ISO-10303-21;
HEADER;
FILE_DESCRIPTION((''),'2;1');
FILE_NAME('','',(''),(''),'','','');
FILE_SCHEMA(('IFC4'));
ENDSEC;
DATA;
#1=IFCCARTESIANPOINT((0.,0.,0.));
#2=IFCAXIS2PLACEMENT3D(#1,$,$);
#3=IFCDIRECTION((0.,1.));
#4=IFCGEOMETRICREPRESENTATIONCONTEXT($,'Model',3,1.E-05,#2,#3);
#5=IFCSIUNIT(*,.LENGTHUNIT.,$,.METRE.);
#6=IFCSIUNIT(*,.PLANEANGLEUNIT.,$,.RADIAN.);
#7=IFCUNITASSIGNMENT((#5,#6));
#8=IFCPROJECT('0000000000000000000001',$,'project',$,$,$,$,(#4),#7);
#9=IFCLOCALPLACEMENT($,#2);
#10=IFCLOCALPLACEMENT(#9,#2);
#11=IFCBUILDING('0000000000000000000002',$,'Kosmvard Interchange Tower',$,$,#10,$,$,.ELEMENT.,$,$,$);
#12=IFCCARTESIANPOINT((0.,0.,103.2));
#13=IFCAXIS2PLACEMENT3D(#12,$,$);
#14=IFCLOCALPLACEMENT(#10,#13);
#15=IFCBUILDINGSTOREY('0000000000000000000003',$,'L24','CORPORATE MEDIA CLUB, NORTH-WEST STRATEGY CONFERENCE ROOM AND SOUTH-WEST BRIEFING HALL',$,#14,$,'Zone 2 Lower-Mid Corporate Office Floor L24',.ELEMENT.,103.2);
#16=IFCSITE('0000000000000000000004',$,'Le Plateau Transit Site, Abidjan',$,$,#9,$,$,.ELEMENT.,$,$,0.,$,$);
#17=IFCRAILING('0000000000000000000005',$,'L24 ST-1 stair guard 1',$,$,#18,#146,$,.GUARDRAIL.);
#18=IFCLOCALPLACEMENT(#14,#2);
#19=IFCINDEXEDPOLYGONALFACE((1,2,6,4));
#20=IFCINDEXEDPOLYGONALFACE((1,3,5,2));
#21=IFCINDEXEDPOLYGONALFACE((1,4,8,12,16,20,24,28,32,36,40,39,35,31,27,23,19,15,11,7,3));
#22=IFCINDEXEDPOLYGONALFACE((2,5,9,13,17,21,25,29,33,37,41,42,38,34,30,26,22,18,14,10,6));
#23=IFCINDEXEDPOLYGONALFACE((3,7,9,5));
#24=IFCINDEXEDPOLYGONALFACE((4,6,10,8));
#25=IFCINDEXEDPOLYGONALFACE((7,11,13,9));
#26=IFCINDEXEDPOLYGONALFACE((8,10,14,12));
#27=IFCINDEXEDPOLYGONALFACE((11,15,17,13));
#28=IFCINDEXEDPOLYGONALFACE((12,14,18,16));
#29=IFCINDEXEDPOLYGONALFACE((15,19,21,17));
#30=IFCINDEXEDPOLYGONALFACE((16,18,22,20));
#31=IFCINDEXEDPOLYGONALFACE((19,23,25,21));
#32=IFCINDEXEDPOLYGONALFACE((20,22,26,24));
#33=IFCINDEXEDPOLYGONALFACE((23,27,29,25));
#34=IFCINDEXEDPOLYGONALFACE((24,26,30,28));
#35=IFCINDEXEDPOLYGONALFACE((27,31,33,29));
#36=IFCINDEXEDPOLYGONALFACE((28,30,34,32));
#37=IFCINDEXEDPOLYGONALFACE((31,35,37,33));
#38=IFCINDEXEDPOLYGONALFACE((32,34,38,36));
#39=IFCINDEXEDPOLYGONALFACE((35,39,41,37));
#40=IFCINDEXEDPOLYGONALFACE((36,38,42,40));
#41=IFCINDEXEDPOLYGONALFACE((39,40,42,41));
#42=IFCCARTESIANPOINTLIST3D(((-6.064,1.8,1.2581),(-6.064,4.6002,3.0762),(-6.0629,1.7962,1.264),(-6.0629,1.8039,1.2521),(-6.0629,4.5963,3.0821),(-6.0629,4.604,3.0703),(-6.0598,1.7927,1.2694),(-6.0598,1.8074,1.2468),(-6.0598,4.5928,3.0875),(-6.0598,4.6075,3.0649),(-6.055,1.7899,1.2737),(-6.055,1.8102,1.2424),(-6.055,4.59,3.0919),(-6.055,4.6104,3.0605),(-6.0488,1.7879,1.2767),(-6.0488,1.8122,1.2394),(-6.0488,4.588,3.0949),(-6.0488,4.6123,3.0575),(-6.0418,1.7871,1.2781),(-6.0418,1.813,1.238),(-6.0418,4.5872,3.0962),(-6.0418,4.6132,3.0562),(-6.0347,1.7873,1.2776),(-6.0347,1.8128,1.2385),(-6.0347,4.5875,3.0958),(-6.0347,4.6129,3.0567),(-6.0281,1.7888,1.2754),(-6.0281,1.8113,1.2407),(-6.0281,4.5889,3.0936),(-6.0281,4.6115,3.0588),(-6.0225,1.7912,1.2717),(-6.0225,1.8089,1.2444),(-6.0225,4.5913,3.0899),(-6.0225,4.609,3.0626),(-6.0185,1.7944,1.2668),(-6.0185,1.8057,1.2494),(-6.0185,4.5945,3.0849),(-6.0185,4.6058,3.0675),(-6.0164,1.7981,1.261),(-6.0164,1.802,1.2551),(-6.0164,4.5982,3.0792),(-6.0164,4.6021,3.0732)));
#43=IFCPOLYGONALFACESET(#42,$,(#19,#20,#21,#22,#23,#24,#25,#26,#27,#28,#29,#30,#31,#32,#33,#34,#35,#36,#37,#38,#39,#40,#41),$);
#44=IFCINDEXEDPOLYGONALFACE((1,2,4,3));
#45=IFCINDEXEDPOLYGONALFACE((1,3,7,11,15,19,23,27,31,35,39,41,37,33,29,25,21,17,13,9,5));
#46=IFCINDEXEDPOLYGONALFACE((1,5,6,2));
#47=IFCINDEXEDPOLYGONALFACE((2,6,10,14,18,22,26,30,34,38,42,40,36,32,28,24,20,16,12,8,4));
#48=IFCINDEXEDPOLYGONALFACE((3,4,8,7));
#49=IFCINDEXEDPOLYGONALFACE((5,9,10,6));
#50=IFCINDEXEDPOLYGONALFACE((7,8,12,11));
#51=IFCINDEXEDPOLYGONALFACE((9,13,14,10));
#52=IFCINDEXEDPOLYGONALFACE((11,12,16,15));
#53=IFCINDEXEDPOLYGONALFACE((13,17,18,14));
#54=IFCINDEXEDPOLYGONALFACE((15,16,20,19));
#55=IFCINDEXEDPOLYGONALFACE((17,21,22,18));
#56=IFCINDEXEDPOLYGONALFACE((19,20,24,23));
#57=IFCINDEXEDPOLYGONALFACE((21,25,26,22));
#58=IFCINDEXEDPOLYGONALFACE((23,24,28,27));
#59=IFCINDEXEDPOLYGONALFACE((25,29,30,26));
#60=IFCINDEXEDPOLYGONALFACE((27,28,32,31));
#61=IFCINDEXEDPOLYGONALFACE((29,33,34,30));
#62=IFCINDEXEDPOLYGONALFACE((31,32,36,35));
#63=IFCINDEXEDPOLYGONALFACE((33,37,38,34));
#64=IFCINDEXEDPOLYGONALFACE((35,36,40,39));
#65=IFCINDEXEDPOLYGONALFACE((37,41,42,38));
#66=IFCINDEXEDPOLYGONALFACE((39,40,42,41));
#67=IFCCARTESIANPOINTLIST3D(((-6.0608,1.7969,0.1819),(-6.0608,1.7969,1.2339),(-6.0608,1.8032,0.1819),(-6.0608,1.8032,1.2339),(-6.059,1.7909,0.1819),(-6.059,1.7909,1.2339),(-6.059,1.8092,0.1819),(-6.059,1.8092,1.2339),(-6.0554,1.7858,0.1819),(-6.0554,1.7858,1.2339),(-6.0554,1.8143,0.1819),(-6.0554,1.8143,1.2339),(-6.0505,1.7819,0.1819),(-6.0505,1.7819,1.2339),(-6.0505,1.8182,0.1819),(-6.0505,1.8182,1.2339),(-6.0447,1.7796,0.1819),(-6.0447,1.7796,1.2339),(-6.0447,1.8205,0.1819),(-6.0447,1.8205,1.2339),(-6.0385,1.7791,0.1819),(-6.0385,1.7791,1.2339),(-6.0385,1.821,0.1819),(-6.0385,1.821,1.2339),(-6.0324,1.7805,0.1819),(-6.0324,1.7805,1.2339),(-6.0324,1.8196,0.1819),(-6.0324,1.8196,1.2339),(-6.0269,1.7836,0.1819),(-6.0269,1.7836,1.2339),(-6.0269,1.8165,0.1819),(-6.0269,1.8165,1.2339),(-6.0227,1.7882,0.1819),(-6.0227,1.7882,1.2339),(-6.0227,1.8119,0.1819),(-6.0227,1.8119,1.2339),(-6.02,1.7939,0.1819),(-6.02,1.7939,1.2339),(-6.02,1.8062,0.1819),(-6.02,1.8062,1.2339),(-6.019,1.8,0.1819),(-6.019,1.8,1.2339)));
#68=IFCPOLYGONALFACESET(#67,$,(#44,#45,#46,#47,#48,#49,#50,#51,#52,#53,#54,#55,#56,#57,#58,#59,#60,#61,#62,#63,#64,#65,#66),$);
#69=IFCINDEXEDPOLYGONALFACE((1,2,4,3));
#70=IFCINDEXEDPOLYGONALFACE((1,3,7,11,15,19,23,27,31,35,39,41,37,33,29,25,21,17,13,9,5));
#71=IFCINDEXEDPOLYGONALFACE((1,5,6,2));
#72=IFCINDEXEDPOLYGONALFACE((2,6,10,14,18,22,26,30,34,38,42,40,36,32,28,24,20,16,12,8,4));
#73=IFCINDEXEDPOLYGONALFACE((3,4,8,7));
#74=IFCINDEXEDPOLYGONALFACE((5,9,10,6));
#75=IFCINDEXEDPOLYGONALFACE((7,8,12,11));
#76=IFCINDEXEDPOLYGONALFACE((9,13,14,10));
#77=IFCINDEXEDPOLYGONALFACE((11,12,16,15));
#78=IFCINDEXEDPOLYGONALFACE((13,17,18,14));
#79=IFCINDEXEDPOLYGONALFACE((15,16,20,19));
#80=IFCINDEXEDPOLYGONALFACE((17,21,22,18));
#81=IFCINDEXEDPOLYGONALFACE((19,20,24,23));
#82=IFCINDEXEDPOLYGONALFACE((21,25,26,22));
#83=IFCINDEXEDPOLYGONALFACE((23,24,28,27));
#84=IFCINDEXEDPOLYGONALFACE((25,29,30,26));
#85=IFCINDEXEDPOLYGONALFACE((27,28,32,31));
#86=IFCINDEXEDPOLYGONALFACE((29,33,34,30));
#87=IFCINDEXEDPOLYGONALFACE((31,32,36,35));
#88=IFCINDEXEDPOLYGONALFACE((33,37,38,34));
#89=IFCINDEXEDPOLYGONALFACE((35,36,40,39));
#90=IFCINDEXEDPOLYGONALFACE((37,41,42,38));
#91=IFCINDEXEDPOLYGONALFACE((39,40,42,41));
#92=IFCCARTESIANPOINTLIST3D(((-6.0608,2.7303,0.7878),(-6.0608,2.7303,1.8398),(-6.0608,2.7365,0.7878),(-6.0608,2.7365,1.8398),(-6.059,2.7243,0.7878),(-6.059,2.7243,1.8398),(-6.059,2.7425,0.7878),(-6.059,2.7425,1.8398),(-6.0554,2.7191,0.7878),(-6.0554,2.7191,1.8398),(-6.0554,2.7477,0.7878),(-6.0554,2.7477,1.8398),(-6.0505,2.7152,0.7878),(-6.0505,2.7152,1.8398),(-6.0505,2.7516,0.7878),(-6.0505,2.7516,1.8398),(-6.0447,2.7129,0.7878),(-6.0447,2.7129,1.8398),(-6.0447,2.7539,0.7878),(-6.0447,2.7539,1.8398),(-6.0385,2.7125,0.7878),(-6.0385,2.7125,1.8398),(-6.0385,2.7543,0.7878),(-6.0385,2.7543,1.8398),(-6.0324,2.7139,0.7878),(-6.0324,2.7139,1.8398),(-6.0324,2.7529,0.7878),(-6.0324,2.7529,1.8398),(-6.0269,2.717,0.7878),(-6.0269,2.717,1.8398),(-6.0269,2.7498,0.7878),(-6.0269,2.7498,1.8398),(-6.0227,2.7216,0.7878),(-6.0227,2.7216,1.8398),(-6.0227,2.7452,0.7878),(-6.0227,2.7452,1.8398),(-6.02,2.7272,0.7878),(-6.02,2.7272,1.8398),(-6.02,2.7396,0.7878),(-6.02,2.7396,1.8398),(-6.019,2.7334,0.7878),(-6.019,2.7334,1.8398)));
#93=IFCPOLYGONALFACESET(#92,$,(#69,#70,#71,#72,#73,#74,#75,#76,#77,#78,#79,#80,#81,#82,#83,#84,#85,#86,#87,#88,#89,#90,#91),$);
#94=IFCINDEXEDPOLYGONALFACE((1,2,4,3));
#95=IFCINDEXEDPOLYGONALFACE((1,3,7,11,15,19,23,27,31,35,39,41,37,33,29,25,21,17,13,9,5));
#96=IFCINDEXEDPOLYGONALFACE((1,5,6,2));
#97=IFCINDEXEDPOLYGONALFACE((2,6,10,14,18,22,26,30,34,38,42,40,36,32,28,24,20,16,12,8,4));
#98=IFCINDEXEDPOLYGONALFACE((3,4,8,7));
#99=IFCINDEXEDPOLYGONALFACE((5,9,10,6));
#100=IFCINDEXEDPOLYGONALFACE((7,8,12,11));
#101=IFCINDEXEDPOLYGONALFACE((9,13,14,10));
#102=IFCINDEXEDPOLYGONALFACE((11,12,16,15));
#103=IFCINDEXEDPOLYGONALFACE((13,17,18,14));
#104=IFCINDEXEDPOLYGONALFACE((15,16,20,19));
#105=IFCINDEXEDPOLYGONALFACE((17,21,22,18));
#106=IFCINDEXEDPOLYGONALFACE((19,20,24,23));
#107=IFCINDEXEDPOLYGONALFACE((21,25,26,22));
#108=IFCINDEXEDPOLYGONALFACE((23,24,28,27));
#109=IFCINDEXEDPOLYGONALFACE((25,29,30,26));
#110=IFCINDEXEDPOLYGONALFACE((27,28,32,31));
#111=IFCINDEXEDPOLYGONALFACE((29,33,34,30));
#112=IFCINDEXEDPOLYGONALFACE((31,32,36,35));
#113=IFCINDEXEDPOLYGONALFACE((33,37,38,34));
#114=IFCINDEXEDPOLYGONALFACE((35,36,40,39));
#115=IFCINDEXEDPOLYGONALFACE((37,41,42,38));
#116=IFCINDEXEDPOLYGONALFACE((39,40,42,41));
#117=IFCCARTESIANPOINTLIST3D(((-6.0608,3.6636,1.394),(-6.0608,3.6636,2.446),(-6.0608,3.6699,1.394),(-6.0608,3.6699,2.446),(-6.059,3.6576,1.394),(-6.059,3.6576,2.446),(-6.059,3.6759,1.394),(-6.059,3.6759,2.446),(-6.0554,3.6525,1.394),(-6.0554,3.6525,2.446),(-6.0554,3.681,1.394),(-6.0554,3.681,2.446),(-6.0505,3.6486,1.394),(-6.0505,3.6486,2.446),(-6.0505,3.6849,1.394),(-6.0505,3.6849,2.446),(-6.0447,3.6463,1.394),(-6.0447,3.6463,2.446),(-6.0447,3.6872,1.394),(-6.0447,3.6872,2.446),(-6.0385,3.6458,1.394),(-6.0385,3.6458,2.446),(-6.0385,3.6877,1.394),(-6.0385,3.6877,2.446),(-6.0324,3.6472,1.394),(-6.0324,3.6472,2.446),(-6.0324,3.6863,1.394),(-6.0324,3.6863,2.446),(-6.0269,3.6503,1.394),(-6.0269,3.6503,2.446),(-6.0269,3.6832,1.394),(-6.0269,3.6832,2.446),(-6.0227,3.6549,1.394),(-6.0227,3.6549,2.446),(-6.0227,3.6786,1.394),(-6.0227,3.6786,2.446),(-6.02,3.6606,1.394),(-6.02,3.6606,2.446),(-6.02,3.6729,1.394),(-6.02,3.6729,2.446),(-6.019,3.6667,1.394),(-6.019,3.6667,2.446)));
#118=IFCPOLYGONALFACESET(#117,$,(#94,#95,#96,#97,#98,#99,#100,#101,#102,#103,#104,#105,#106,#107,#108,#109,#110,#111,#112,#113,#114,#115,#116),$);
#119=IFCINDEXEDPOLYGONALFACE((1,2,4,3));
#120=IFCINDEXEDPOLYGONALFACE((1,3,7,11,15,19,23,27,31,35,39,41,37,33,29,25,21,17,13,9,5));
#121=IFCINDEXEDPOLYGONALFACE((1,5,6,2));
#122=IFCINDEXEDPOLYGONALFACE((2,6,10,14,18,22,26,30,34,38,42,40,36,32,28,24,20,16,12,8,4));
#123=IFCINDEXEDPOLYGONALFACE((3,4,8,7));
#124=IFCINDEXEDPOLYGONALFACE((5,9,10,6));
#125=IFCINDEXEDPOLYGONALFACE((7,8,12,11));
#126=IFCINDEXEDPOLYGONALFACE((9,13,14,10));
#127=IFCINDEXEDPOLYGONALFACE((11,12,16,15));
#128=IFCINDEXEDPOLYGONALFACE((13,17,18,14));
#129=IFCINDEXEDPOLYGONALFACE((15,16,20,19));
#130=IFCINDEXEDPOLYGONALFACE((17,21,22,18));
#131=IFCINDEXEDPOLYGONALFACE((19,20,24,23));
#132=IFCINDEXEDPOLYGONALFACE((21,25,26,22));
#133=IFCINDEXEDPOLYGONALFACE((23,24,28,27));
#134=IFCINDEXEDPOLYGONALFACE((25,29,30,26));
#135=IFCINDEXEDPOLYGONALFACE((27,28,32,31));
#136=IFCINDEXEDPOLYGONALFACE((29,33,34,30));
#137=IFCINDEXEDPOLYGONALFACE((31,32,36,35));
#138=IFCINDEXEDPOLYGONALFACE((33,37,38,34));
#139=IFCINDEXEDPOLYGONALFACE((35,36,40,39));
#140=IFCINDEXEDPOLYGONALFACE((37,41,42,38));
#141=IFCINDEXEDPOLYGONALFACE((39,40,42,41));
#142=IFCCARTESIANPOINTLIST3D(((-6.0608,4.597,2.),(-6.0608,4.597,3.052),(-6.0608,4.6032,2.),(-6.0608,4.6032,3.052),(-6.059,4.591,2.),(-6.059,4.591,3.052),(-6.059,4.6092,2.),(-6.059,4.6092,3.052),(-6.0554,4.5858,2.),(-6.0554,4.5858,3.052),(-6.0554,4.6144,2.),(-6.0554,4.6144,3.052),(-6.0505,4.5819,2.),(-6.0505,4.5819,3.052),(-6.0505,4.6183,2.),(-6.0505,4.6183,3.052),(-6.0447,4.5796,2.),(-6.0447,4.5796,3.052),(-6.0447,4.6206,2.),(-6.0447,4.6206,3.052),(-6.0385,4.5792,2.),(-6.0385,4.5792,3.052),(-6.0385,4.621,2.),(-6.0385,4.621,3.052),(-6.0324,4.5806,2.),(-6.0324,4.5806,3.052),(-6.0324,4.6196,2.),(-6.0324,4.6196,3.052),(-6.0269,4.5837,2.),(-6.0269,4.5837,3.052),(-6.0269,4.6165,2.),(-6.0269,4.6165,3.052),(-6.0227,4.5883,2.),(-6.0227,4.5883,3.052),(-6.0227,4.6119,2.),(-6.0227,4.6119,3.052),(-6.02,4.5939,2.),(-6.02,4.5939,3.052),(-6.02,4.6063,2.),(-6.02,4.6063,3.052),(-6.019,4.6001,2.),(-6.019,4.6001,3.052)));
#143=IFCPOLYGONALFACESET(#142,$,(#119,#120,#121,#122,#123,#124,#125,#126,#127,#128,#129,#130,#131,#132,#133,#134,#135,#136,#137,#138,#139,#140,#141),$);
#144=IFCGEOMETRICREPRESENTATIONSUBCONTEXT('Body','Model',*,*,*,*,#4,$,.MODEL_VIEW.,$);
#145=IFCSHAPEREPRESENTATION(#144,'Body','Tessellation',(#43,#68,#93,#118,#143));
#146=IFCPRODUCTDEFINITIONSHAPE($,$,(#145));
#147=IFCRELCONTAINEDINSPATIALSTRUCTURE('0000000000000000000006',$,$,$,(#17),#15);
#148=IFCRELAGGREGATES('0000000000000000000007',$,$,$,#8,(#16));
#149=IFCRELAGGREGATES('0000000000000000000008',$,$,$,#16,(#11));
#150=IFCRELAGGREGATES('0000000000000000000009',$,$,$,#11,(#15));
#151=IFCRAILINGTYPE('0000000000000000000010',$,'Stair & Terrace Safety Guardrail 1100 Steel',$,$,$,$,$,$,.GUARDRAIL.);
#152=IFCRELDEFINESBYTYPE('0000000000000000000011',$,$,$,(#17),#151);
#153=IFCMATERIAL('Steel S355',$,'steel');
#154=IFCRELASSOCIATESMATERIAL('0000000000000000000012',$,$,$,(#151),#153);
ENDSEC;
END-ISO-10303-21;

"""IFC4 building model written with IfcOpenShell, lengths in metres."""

from ifc_helpers import new_model, si_unit, direction, frame, origin, origin_2d, place, context, subcontext, project, spatial, circle, extrude, source, transform, mapped, material, type_object, element, save


model = new_model("IFC4")

# Units and contexts
model_context = context("Model", 3, precision=1e-05, world=origin(), true_north=direction((0.0, 1.0)))
body_context = subcontext(model_context, "Body", "Model", "MODEL_VIEW")
ifc_project = project(units=[si_unit("LENGTHUNIT", "METRE"), si_unit("PLANEANGLEUNIT", "RADIAN")], contexts=[model_context])

# Site, building, storey
site_placement = place(None, origin())
site = spatial("IfcSite", under=ifc_project, at=site_placement, Name="Le Plateau Transit Site, Abidjan", CompositionType="ELEMENT", RefElevation=0.0)
building_placement = place(site_placement, origin())
building = spatial("IfcBuilding", under=site, at=building_placement, Name="Kosmvard Interchange Tower", CompositionType="ELEMENT")
storey_placement = place(building_placement, frame((0.0, 0.0, 103.2)))
storey = spatial("IfcBuildingStorey", under=building, at=storey_placement, Name="L24", Description="CORPORATE MEDIA CLUB, NORTH-WEST STRATEGY CONFERENCE ROOM AND SOUTH-WEST BRIEFING HALL", LongName="Zone 2 Lower-Mid Corporate Office Floor L24", CompositionType="ELEMENT", Elevation=103.2)

# Shared definitions
ifc_material_1 = material(Name="Steel S355", Category="steel")

# Railing
railing_type = type_object("IfcRailingType", Name="Stair & Terrace Safety Guardrail 1100 Steel", PredefinedType="GUARDRAIL", material=ifc_material_1)
shared_shape_1 = source(origin(), body_context, "Body", "SweptSolid", [
    extrude(circle(Radius=0.0239, at=origin_2d()), frame((0.0, 0.0, 1.0762), z_axis=(0.0, 0.838706, 0.544585), x_axis=(-1.0, 0.0, 0.0)), (0.0, 0.0, 1.0), 3.3386),
    extrude(circle(Radius=0.021, at=origin_2d()), origin(), (0.0, 0.0, 1.0), 1.052),
    extrude(circle(Radius=0.021, at=origin_2d()), frame((0.0, 0.9333, 0.606)), (0.0, 0.0, 1.0), 1.052),
    extrude(circle(Radius=0.021, at=origin_2d()), frame((0.0, 1.8667, 1.2122)), (0.0, 0.0, 1.0), 1.052),
    extrude(circle(Radius=0.021, at=origin_2d()), frame((0.0, 2.8, 1.8181)), (0.0, 0.0, 1.0), 1.052),
])
railing_1_placement = place(storey_placement, frame((-6.04, 1.8, 0.1819)))
element("IfcRailing", 1, at=railing_1_placement, inside=storey, type_object=railing_type, Name="L24 ST-1 stair guard 1", PredefinedType="GUARDRAIL", context=body_context, shape_type="MappedRepresentation", body=[
    mapped(shared_shape_1, transform((0.0, 0.0, 0.0), scale=1.0)),
])

save(model, "model.ifc")
